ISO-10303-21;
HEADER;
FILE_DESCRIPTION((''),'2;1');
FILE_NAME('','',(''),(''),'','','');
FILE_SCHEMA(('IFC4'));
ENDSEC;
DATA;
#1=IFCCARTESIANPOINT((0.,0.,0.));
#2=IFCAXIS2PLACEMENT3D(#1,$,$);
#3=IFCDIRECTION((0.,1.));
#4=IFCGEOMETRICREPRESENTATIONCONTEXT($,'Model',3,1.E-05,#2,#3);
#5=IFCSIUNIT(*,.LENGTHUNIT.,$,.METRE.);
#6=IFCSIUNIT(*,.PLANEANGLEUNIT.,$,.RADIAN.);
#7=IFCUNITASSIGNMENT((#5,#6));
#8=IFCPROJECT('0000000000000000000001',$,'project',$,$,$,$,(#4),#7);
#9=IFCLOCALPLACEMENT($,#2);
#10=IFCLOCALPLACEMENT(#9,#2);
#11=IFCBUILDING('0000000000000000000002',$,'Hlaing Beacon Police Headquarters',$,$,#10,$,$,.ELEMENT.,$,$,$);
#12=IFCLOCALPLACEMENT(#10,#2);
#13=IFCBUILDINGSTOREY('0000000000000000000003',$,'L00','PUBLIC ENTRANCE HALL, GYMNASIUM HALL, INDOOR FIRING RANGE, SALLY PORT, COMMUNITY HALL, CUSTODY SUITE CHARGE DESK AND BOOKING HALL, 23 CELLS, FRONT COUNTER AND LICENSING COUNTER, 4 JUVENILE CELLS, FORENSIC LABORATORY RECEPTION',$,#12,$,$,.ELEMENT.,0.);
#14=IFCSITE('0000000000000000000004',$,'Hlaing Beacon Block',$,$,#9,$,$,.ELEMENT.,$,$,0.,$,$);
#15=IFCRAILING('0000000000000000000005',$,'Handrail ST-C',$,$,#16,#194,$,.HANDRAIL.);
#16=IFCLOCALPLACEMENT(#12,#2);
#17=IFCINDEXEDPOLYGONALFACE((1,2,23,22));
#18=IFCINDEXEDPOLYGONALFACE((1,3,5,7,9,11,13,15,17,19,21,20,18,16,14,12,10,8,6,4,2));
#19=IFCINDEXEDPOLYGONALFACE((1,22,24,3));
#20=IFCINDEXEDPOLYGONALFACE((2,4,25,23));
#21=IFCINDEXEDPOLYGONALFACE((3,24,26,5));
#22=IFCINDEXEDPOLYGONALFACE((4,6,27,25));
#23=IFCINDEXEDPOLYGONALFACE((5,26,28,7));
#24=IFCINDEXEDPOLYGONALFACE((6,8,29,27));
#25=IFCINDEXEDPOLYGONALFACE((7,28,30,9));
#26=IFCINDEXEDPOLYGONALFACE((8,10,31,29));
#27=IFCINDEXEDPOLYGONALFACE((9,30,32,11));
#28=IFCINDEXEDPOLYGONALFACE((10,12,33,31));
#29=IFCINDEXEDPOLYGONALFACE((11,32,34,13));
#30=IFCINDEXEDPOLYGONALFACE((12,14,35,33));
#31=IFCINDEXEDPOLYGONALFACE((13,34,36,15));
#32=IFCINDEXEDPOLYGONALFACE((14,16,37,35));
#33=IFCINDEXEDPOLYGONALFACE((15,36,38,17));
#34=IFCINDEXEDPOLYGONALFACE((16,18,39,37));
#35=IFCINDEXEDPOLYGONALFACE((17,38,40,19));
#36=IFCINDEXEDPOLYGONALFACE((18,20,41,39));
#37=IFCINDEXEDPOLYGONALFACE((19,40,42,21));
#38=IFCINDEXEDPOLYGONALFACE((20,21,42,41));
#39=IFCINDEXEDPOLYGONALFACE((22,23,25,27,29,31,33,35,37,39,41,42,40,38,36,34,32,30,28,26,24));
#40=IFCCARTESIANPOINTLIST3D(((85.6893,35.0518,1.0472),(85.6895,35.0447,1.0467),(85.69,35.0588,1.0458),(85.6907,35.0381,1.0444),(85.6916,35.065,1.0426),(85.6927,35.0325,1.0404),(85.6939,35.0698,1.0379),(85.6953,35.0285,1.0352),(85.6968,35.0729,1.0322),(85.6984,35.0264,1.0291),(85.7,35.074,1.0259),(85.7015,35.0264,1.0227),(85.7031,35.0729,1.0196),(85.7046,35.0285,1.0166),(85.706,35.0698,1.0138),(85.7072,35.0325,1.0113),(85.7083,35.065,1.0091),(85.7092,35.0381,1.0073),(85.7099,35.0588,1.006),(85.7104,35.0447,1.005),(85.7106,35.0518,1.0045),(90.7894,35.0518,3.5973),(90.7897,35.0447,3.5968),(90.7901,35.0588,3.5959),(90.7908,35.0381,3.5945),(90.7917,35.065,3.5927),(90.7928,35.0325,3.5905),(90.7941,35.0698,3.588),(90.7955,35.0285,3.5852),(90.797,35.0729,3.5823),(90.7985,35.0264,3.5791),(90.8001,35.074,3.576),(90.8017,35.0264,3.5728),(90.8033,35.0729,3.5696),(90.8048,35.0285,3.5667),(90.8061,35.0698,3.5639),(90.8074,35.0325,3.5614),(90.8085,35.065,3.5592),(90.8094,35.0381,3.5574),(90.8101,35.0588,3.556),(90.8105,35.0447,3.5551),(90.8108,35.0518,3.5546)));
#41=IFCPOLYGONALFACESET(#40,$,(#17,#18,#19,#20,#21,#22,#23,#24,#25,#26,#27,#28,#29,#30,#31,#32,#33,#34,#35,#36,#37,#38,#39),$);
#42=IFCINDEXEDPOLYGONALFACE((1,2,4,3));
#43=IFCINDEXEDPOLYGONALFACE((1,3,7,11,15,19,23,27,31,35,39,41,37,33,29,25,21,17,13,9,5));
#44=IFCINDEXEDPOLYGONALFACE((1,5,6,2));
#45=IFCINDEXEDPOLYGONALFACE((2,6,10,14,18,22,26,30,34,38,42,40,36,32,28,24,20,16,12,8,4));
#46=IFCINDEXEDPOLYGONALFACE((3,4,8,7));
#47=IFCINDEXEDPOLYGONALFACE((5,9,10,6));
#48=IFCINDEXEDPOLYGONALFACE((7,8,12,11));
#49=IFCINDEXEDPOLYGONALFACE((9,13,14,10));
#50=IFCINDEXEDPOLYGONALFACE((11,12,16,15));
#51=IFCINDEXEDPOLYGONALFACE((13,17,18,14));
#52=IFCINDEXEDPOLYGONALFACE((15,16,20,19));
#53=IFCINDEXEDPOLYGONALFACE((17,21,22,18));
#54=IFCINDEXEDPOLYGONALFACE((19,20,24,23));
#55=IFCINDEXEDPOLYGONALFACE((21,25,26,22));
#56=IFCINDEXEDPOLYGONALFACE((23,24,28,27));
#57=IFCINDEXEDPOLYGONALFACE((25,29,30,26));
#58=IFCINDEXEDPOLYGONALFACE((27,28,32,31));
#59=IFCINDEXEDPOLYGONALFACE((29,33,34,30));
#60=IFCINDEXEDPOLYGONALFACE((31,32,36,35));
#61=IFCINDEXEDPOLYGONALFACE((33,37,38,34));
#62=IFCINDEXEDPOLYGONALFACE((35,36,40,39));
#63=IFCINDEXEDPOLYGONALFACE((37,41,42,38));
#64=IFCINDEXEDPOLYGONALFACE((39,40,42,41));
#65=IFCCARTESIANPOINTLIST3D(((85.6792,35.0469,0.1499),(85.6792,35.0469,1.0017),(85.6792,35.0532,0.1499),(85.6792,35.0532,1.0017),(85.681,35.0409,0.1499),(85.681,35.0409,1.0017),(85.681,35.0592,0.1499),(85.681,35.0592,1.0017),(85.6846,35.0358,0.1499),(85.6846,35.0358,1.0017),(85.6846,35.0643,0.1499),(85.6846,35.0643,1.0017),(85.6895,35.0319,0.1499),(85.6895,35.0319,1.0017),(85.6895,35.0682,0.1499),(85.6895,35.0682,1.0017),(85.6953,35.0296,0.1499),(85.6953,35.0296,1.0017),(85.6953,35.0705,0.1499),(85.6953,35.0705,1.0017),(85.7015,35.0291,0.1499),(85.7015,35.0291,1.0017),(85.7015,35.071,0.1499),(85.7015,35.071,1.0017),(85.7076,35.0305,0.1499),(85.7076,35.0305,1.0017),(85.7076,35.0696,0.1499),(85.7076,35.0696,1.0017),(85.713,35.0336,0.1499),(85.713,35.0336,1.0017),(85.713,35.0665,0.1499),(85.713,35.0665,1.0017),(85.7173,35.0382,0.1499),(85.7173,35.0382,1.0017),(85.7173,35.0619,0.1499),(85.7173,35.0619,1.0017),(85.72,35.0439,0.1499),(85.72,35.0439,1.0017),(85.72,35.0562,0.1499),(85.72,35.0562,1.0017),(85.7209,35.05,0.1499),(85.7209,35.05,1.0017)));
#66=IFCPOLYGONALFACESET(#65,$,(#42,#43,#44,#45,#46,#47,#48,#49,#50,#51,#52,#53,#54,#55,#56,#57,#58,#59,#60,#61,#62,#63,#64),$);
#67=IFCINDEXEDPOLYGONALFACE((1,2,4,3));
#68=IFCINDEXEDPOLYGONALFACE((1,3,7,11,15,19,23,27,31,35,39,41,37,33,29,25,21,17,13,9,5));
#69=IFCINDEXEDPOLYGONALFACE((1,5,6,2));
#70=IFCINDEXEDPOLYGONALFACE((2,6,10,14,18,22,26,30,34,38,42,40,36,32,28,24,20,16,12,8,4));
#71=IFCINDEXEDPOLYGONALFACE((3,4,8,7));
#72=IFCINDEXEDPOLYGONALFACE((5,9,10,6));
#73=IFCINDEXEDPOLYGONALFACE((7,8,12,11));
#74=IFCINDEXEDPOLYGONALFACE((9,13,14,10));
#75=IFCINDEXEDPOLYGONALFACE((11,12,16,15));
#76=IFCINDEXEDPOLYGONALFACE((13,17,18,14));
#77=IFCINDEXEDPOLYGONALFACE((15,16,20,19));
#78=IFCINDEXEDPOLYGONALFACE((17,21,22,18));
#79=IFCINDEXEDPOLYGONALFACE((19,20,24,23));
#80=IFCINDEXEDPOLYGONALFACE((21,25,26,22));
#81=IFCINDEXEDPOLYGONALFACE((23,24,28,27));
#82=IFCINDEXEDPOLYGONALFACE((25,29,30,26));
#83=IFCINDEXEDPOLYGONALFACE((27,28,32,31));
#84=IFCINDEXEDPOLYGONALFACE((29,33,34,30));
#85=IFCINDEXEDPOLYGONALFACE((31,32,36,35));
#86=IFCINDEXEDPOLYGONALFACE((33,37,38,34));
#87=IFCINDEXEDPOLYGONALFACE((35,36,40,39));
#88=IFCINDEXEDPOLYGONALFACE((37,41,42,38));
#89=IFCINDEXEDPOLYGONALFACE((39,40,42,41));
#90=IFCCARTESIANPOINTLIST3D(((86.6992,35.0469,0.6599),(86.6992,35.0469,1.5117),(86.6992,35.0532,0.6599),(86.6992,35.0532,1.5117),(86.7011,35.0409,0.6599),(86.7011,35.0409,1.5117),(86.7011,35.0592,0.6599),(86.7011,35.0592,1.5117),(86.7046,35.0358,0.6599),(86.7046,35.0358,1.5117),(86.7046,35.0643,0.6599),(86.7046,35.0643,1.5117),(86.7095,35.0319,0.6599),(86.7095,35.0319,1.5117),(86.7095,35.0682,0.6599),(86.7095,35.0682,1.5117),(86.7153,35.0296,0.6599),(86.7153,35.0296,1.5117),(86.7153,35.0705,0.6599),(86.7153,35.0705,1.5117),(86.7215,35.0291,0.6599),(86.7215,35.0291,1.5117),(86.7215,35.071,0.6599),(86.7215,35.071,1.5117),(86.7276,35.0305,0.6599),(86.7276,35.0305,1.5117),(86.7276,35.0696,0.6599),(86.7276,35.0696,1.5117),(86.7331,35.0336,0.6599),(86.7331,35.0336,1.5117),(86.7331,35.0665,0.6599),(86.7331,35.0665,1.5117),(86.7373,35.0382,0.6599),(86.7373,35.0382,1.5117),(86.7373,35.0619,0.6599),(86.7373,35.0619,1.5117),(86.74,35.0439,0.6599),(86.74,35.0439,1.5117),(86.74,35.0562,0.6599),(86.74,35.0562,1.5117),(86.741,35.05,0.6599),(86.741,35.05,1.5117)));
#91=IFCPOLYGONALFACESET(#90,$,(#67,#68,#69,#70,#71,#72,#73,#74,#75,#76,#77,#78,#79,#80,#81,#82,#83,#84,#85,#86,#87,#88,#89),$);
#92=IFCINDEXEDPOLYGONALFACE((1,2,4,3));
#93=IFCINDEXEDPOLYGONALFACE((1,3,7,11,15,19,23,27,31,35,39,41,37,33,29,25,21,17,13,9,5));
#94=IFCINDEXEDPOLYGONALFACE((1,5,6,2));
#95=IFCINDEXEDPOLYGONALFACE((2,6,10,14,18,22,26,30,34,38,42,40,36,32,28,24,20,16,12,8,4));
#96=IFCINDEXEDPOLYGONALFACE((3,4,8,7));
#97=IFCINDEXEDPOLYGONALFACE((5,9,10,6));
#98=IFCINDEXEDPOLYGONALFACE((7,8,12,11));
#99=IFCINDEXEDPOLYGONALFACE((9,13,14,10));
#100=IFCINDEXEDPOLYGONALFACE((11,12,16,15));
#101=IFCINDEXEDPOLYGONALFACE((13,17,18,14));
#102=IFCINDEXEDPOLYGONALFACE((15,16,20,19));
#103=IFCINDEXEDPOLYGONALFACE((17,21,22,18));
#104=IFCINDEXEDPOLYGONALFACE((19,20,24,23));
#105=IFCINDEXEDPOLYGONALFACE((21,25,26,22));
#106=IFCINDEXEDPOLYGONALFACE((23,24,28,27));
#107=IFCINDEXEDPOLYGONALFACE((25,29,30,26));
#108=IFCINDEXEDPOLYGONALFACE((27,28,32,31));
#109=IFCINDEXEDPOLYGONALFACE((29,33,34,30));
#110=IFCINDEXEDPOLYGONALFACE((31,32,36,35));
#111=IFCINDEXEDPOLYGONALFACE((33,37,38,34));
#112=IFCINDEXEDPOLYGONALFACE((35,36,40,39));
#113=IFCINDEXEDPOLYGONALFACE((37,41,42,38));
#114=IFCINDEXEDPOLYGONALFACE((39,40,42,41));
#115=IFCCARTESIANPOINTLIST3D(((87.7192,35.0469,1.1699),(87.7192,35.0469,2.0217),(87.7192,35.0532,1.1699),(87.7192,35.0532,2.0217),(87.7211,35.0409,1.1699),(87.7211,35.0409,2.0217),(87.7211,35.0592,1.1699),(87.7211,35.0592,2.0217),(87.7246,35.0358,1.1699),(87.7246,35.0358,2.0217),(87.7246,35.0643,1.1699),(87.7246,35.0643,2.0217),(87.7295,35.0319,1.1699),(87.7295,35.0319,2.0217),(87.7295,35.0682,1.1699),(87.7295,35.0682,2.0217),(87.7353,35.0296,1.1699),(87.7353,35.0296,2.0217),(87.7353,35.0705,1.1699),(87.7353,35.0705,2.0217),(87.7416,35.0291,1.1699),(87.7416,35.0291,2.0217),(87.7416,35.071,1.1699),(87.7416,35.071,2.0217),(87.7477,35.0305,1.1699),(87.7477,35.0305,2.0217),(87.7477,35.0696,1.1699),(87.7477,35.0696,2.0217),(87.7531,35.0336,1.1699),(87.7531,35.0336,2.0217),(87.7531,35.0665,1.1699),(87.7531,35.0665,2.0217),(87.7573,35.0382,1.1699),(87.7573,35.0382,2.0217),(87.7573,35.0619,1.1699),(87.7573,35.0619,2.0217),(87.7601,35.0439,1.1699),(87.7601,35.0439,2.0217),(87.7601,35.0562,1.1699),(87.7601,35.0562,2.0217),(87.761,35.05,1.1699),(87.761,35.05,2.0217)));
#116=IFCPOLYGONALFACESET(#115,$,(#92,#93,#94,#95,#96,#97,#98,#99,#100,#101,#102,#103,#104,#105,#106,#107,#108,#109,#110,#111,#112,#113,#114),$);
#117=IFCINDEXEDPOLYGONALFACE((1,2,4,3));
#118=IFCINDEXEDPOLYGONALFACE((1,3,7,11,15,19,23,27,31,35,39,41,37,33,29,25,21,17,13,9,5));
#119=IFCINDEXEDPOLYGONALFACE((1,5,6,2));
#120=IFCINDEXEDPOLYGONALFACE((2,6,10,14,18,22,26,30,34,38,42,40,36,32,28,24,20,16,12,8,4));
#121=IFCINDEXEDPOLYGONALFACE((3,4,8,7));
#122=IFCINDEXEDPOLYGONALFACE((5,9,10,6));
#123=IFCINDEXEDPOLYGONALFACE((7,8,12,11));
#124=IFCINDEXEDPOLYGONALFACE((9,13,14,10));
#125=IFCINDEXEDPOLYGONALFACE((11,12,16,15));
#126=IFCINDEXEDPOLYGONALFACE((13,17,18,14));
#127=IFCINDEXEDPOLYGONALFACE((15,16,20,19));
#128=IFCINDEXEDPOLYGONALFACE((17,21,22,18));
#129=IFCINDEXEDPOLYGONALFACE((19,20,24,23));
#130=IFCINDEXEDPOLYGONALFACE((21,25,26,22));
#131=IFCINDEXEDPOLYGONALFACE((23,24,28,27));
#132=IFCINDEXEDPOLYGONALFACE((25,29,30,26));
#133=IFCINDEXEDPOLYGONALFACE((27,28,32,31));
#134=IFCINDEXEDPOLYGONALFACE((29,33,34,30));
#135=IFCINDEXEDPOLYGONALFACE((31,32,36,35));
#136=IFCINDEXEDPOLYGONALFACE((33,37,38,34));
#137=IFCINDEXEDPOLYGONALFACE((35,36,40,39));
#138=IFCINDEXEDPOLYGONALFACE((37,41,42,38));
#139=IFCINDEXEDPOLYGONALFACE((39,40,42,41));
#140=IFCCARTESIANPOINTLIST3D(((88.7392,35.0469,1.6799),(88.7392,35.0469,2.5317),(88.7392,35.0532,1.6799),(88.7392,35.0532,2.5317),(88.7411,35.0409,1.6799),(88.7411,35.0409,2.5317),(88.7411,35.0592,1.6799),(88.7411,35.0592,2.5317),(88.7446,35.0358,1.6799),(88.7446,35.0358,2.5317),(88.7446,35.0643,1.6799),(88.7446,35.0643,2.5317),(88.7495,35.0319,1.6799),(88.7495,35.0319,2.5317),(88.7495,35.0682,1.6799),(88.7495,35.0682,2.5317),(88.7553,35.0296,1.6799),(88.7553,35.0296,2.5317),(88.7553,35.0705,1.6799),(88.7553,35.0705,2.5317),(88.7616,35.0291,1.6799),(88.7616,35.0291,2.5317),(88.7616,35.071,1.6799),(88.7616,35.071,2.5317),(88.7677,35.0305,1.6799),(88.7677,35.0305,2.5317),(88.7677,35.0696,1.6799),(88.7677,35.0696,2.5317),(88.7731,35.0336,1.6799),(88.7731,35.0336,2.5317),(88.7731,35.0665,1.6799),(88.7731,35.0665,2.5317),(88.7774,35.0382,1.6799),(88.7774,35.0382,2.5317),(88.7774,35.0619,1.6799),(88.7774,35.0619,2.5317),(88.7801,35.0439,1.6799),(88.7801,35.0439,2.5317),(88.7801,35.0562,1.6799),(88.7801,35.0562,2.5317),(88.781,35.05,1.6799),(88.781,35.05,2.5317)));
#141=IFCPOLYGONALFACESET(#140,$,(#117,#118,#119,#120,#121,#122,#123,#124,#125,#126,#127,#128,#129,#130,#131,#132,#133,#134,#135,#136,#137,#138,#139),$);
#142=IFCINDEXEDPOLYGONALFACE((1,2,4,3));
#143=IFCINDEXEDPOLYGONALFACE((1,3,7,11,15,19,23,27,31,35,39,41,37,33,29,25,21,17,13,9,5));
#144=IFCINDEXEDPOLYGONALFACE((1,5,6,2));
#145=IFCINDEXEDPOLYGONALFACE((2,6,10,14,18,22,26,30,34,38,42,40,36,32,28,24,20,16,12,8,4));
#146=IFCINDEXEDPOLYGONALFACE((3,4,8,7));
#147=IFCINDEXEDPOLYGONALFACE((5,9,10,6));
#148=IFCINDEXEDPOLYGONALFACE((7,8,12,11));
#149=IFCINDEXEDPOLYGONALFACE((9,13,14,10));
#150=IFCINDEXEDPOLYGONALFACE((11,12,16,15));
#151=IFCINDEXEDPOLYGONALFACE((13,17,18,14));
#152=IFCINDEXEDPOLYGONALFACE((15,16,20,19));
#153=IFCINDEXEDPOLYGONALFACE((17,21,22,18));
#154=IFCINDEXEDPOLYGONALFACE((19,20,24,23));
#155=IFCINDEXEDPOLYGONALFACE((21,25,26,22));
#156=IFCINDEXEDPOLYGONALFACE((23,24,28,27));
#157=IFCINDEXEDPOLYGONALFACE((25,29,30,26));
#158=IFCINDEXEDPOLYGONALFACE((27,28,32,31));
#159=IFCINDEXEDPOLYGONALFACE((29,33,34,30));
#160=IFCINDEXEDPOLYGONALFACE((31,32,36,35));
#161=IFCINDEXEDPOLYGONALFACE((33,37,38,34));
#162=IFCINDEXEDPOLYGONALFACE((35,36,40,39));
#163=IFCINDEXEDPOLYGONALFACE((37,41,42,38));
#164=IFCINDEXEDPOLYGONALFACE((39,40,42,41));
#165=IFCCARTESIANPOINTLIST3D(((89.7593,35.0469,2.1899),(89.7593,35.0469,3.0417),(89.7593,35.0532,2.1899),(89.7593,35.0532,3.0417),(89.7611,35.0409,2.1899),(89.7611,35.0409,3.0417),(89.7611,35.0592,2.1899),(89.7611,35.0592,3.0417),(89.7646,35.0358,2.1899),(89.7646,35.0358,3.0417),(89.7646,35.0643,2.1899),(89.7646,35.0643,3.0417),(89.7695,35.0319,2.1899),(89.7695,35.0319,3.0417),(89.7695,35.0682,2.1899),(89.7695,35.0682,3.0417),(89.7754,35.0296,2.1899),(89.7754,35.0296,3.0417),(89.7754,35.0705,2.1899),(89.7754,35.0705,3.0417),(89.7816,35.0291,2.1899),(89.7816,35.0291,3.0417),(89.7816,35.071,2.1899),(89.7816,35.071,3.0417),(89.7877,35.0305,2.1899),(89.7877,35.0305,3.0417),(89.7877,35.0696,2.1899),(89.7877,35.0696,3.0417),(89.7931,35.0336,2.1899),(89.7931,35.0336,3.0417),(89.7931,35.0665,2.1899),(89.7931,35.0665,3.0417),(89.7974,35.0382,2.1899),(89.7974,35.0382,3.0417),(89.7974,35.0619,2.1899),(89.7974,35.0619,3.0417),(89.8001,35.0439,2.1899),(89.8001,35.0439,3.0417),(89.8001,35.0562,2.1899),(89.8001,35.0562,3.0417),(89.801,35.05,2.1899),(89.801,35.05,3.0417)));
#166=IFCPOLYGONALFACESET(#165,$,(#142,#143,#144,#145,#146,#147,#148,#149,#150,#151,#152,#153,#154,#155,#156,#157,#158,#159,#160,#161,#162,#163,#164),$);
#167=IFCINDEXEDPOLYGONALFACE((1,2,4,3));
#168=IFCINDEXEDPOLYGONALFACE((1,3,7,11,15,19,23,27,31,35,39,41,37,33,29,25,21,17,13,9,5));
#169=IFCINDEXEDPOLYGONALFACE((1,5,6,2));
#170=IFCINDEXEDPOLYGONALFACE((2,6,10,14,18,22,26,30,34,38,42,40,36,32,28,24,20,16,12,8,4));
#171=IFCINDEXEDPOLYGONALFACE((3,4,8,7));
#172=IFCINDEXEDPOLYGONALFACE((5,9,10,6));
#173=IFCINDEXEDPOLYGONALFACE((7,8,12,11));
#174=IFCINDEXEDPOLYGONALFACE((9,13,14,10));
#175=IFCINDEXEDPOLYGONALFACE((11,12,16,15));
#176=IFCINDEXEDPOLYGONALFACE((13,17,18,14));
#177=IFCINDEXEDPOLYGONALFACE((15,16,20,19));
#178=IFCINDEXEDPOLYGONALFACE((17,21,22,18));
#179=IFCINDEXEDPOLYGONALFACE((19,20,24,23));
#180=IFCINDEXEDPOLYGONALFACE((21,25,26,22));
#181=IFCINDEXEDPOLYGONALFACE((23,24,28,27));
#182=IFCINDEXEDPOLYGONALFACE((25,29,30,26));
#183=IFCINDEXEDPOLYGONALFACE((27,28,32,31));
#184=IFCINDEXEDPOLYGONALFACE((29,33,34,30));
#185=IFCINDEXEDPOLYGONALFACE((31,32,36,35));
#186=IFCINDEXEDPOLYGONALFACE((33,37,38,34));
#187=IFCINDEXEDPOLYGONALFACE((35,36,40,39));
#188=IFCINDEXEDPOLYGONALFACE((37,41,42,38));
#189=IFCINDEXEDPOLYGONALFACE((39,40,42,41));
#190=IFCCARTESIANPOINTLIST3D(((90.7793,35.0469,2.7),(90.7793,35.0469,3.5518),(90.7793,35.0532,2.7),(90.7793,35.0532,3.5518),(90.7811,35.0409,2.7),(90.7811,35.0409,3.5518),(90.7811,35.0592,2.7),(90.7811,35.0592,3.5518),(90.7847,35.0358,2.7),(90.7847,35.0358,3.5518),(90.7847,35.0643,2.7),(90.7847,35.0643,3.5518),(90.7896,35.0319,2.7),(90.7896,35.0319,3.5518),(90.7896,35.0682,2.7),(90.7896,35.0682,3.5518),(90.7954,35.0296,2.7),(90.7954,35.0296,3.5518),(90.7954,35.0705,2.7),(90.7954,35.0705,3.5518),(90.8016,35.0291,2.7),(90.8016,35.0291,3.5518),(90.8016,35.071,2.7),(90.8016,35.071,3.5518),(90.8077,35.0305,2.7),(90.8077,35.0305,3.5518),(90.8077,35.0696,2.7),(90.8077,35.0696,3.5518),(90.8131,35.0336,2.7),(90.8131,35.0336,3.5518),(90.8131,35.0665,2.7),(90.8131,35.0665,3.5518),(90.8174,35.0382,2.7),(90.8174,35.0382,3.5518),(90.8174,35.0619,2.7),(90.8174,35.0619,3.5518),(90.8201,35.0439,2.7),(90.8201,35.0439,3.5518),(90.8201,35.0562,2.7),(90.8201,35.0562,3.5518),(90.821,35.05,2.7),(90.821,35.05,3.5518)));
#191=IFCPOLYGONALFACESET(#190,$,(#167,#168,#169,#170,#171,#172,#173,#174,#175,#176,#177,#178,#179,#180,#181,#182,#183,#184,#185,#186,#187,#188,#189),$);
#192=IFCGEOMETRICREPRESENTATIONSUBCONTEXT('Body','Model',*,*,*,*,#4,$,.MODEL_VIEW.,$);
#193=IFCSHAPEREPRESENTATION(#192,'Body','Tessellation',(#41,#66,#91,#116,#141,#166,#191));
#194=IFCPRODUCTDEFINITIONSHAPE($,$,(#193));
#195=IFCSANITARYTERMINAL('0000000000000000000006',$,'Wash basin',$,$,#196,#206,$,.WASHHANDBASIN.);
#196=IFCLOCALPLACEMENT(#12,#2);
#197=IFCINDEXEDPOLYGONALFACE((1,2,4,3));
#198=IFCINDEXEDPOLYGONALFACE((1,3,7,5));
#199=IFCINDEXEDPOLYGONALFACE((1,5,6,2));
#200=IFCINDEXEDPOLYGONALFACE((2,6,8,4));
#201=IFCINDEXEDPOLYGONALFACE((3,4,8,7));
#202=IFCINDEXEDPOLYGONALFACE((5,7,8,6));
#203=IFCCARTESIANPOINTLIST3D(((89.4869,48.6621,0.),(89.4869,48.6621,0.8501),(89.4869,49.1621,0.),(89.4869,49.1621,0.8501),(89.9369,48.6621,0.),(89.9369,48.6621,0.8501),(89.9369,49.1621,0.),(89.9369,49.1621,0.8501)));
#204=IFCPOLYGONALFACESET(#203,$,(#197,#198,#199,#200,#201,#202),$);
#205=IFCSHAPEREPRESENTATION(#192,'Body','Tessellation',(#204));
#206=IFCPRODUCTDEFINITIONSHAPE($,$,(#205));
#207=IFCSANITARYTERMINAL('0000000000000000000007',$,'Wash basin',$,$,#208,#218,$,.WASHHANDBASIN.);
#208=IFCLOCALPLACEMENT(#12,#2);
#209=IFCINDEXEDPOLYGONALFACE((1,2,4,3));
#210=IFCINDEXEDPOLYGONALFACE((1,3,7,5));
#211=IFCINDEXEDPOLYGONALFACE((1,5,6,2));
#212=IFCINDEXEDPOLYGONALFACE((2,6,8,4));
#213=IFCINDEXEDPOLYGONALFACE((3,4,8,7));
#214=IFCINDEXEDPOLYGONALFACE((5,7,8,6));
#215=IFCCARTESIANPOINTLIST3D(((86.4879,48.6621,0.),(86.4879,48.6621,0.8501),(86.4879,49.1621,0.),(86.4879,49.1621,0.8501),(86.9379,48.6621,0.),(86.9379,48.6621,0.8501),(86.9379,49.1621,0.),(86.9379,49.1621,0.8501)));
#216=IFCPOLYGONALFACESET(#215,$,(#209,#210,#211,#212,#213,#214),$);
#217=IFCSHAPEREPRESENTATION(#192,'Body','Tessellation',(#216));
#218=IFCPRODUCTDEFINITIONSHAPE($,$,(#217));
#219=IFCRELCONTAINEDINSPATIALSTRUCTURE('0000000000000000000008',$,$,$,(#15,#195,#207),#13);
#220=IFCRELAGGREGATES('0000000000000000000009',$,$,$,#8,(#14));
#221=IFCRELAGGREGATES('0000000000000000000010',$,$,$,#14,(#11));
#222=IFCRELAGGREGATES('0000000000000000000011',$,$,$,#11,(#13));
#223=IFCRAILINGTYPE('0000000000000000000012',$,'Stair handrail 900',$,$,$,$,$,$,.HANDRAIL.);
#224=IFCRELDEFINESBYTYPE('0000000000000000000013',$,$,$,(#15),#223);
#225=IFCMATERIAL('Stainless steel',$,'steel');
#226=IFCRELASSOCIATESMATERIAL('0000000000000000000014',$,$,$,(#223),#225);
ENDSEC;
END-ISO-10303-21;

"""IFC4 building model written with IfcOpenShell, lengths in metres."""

from ifc_helpers import new_model, si_unit, direction, frame, origin, origin_2d, place, context, subcontext, project, spatial, rectangle, circle, extrude, material, type_object, element, save


model = new_model("IFC4")

# Units and contexts
model_context = context("Model", 3, precision=1e-05, world=origin(), true_north=direction((0.0, 1.0)))
body_context = subcontext(model_context, "Body", "Model", "MODEL_VIEW")
ifc_project = project(units=[si_unit("LENGTHUNIT", "METRE"), si_unit("PLANEANGLEUNIT", "RADIAN")], contexts=[model_context])

# Site, building, storey
site_placement = place(None, origin())
site = spatial("IfcSite", under=ifc_project, at=site_placement, Name="Hlaing Beacon Block", CompositionType="ELEMENT", RefElevation=0.0)
building_placement = place(site_placement, origin())
building = spatial("IfcBuilding", under=site, at=building_placement, Name="Hlaing Beacon Police Headquarters", CompositionType="ELEMENT")
storey_placement = place(building_placement, origin())
storey = spatial("IfcBuildingStorey", under=building, at=storey_placement, Name="L00", Description="PUBLIC ENTRANCE HALL, GYMNASIUM HALL, INDOOR FIRING RANGE, SALLY PORT, COMMUNITY HALL, CUSTODY SUITE CHARGE DESK AND BOOKING HALL, 23 CELLS, FRONT COUNTER AND LICENSING COUNTER, 4 JUVENILE CELLS, FORENSIC LABORATORY RECEPTION", CompositionType="ELEMENT", Elevation=0.0)

# Railing
ifc_material_1 = material(Name="Stainless steel", Category="steel")
railing_type_1 = type_object("IfcRailingType", Name="Stair handrail 900", PredefinedType="HANDRAIL", material=ifc_material_1)
for number, where, name in (
    (1, (85.7, 35.05, 0.1499), "Handrail ST-C"),
):
    element("IfcRailing", number, at=place(storey_placement, frame(where)), inside=storey, type_object=railing_type_1, Name=name, PredefinedType="HANDRAIL", context=body_context, shape_type="SweptSolid", body=[
        extrude(circle(Radius=0.0239, at=origin_2d()), frame((0.0, 0.0, 0.876), z_axis=(0.894427, 0.0, 0.447214), x_axis=(0.0, 1.0, 0.0)), (0.0, 0.0, 1.0), 5.7021),
        extrude(circle(Radius=0.021, at=origin_2d()), origin(), (0.0, 0.0, 1.0), 0.8518),
        extrude(circle(Radius=0.021, at=origin_2d()), frame((1.02, 0.0, 0.51)), (0.0, 0.0, 1.0), 0.8518),
        extrude(circle(Radius=0.021, at=origin_2d()), frame((2.04, 0.0, 1.02)), (0.0, 0.0, 1.0), 0.8518),
        extrude(circle(Radius=0.021, at=origin_2d()), frame((3.0601, 0.0, 1.53)), (0.0, 0.0, 1.0), 0.8518),
        extrude(circle(Radius=0.021, at=origin_2d()), frame((4.0801, 0.0, 2.04)), (0.0, 0.0, 1.0), 0.8518),
        extrude(circle(Radius=0.021, at=origin_2d()), frame((5.1001, 0.0, 2.55)), (0.0, 0.0, 1.0), 0.8518),
    ])

# Sanitary terminals
for number, where, z_axis, x_axis, name in (
    (2, (89.7119, 48.9121, 0.0), (0.0, 0.0, 1.0), (1.0, 0.0, 0.0), "Wash basin"),
    (3, (86.7129, 48.9121, 0.0), (0.0, 0.0, 1.0), (1.0, 0.0, 0.0), "Wash basin"),
):
    element("IfcSanitaryTerminal", number, at=place(storey_placement, frame(where, z_axis=z_axis, x_axis=x_axis)), inside=storey, Name=name, PredefinedType="WASHHANDBASIN", context=body_context, shape_type="SweptSolid", body=[
        extrude(rectangle(XDim=0.45, YDim=0.5, at=origin_2d()), origin(), (0.0, 0.0, 1.0), 0.8501),
    ])

save(model, "model.ifc")
